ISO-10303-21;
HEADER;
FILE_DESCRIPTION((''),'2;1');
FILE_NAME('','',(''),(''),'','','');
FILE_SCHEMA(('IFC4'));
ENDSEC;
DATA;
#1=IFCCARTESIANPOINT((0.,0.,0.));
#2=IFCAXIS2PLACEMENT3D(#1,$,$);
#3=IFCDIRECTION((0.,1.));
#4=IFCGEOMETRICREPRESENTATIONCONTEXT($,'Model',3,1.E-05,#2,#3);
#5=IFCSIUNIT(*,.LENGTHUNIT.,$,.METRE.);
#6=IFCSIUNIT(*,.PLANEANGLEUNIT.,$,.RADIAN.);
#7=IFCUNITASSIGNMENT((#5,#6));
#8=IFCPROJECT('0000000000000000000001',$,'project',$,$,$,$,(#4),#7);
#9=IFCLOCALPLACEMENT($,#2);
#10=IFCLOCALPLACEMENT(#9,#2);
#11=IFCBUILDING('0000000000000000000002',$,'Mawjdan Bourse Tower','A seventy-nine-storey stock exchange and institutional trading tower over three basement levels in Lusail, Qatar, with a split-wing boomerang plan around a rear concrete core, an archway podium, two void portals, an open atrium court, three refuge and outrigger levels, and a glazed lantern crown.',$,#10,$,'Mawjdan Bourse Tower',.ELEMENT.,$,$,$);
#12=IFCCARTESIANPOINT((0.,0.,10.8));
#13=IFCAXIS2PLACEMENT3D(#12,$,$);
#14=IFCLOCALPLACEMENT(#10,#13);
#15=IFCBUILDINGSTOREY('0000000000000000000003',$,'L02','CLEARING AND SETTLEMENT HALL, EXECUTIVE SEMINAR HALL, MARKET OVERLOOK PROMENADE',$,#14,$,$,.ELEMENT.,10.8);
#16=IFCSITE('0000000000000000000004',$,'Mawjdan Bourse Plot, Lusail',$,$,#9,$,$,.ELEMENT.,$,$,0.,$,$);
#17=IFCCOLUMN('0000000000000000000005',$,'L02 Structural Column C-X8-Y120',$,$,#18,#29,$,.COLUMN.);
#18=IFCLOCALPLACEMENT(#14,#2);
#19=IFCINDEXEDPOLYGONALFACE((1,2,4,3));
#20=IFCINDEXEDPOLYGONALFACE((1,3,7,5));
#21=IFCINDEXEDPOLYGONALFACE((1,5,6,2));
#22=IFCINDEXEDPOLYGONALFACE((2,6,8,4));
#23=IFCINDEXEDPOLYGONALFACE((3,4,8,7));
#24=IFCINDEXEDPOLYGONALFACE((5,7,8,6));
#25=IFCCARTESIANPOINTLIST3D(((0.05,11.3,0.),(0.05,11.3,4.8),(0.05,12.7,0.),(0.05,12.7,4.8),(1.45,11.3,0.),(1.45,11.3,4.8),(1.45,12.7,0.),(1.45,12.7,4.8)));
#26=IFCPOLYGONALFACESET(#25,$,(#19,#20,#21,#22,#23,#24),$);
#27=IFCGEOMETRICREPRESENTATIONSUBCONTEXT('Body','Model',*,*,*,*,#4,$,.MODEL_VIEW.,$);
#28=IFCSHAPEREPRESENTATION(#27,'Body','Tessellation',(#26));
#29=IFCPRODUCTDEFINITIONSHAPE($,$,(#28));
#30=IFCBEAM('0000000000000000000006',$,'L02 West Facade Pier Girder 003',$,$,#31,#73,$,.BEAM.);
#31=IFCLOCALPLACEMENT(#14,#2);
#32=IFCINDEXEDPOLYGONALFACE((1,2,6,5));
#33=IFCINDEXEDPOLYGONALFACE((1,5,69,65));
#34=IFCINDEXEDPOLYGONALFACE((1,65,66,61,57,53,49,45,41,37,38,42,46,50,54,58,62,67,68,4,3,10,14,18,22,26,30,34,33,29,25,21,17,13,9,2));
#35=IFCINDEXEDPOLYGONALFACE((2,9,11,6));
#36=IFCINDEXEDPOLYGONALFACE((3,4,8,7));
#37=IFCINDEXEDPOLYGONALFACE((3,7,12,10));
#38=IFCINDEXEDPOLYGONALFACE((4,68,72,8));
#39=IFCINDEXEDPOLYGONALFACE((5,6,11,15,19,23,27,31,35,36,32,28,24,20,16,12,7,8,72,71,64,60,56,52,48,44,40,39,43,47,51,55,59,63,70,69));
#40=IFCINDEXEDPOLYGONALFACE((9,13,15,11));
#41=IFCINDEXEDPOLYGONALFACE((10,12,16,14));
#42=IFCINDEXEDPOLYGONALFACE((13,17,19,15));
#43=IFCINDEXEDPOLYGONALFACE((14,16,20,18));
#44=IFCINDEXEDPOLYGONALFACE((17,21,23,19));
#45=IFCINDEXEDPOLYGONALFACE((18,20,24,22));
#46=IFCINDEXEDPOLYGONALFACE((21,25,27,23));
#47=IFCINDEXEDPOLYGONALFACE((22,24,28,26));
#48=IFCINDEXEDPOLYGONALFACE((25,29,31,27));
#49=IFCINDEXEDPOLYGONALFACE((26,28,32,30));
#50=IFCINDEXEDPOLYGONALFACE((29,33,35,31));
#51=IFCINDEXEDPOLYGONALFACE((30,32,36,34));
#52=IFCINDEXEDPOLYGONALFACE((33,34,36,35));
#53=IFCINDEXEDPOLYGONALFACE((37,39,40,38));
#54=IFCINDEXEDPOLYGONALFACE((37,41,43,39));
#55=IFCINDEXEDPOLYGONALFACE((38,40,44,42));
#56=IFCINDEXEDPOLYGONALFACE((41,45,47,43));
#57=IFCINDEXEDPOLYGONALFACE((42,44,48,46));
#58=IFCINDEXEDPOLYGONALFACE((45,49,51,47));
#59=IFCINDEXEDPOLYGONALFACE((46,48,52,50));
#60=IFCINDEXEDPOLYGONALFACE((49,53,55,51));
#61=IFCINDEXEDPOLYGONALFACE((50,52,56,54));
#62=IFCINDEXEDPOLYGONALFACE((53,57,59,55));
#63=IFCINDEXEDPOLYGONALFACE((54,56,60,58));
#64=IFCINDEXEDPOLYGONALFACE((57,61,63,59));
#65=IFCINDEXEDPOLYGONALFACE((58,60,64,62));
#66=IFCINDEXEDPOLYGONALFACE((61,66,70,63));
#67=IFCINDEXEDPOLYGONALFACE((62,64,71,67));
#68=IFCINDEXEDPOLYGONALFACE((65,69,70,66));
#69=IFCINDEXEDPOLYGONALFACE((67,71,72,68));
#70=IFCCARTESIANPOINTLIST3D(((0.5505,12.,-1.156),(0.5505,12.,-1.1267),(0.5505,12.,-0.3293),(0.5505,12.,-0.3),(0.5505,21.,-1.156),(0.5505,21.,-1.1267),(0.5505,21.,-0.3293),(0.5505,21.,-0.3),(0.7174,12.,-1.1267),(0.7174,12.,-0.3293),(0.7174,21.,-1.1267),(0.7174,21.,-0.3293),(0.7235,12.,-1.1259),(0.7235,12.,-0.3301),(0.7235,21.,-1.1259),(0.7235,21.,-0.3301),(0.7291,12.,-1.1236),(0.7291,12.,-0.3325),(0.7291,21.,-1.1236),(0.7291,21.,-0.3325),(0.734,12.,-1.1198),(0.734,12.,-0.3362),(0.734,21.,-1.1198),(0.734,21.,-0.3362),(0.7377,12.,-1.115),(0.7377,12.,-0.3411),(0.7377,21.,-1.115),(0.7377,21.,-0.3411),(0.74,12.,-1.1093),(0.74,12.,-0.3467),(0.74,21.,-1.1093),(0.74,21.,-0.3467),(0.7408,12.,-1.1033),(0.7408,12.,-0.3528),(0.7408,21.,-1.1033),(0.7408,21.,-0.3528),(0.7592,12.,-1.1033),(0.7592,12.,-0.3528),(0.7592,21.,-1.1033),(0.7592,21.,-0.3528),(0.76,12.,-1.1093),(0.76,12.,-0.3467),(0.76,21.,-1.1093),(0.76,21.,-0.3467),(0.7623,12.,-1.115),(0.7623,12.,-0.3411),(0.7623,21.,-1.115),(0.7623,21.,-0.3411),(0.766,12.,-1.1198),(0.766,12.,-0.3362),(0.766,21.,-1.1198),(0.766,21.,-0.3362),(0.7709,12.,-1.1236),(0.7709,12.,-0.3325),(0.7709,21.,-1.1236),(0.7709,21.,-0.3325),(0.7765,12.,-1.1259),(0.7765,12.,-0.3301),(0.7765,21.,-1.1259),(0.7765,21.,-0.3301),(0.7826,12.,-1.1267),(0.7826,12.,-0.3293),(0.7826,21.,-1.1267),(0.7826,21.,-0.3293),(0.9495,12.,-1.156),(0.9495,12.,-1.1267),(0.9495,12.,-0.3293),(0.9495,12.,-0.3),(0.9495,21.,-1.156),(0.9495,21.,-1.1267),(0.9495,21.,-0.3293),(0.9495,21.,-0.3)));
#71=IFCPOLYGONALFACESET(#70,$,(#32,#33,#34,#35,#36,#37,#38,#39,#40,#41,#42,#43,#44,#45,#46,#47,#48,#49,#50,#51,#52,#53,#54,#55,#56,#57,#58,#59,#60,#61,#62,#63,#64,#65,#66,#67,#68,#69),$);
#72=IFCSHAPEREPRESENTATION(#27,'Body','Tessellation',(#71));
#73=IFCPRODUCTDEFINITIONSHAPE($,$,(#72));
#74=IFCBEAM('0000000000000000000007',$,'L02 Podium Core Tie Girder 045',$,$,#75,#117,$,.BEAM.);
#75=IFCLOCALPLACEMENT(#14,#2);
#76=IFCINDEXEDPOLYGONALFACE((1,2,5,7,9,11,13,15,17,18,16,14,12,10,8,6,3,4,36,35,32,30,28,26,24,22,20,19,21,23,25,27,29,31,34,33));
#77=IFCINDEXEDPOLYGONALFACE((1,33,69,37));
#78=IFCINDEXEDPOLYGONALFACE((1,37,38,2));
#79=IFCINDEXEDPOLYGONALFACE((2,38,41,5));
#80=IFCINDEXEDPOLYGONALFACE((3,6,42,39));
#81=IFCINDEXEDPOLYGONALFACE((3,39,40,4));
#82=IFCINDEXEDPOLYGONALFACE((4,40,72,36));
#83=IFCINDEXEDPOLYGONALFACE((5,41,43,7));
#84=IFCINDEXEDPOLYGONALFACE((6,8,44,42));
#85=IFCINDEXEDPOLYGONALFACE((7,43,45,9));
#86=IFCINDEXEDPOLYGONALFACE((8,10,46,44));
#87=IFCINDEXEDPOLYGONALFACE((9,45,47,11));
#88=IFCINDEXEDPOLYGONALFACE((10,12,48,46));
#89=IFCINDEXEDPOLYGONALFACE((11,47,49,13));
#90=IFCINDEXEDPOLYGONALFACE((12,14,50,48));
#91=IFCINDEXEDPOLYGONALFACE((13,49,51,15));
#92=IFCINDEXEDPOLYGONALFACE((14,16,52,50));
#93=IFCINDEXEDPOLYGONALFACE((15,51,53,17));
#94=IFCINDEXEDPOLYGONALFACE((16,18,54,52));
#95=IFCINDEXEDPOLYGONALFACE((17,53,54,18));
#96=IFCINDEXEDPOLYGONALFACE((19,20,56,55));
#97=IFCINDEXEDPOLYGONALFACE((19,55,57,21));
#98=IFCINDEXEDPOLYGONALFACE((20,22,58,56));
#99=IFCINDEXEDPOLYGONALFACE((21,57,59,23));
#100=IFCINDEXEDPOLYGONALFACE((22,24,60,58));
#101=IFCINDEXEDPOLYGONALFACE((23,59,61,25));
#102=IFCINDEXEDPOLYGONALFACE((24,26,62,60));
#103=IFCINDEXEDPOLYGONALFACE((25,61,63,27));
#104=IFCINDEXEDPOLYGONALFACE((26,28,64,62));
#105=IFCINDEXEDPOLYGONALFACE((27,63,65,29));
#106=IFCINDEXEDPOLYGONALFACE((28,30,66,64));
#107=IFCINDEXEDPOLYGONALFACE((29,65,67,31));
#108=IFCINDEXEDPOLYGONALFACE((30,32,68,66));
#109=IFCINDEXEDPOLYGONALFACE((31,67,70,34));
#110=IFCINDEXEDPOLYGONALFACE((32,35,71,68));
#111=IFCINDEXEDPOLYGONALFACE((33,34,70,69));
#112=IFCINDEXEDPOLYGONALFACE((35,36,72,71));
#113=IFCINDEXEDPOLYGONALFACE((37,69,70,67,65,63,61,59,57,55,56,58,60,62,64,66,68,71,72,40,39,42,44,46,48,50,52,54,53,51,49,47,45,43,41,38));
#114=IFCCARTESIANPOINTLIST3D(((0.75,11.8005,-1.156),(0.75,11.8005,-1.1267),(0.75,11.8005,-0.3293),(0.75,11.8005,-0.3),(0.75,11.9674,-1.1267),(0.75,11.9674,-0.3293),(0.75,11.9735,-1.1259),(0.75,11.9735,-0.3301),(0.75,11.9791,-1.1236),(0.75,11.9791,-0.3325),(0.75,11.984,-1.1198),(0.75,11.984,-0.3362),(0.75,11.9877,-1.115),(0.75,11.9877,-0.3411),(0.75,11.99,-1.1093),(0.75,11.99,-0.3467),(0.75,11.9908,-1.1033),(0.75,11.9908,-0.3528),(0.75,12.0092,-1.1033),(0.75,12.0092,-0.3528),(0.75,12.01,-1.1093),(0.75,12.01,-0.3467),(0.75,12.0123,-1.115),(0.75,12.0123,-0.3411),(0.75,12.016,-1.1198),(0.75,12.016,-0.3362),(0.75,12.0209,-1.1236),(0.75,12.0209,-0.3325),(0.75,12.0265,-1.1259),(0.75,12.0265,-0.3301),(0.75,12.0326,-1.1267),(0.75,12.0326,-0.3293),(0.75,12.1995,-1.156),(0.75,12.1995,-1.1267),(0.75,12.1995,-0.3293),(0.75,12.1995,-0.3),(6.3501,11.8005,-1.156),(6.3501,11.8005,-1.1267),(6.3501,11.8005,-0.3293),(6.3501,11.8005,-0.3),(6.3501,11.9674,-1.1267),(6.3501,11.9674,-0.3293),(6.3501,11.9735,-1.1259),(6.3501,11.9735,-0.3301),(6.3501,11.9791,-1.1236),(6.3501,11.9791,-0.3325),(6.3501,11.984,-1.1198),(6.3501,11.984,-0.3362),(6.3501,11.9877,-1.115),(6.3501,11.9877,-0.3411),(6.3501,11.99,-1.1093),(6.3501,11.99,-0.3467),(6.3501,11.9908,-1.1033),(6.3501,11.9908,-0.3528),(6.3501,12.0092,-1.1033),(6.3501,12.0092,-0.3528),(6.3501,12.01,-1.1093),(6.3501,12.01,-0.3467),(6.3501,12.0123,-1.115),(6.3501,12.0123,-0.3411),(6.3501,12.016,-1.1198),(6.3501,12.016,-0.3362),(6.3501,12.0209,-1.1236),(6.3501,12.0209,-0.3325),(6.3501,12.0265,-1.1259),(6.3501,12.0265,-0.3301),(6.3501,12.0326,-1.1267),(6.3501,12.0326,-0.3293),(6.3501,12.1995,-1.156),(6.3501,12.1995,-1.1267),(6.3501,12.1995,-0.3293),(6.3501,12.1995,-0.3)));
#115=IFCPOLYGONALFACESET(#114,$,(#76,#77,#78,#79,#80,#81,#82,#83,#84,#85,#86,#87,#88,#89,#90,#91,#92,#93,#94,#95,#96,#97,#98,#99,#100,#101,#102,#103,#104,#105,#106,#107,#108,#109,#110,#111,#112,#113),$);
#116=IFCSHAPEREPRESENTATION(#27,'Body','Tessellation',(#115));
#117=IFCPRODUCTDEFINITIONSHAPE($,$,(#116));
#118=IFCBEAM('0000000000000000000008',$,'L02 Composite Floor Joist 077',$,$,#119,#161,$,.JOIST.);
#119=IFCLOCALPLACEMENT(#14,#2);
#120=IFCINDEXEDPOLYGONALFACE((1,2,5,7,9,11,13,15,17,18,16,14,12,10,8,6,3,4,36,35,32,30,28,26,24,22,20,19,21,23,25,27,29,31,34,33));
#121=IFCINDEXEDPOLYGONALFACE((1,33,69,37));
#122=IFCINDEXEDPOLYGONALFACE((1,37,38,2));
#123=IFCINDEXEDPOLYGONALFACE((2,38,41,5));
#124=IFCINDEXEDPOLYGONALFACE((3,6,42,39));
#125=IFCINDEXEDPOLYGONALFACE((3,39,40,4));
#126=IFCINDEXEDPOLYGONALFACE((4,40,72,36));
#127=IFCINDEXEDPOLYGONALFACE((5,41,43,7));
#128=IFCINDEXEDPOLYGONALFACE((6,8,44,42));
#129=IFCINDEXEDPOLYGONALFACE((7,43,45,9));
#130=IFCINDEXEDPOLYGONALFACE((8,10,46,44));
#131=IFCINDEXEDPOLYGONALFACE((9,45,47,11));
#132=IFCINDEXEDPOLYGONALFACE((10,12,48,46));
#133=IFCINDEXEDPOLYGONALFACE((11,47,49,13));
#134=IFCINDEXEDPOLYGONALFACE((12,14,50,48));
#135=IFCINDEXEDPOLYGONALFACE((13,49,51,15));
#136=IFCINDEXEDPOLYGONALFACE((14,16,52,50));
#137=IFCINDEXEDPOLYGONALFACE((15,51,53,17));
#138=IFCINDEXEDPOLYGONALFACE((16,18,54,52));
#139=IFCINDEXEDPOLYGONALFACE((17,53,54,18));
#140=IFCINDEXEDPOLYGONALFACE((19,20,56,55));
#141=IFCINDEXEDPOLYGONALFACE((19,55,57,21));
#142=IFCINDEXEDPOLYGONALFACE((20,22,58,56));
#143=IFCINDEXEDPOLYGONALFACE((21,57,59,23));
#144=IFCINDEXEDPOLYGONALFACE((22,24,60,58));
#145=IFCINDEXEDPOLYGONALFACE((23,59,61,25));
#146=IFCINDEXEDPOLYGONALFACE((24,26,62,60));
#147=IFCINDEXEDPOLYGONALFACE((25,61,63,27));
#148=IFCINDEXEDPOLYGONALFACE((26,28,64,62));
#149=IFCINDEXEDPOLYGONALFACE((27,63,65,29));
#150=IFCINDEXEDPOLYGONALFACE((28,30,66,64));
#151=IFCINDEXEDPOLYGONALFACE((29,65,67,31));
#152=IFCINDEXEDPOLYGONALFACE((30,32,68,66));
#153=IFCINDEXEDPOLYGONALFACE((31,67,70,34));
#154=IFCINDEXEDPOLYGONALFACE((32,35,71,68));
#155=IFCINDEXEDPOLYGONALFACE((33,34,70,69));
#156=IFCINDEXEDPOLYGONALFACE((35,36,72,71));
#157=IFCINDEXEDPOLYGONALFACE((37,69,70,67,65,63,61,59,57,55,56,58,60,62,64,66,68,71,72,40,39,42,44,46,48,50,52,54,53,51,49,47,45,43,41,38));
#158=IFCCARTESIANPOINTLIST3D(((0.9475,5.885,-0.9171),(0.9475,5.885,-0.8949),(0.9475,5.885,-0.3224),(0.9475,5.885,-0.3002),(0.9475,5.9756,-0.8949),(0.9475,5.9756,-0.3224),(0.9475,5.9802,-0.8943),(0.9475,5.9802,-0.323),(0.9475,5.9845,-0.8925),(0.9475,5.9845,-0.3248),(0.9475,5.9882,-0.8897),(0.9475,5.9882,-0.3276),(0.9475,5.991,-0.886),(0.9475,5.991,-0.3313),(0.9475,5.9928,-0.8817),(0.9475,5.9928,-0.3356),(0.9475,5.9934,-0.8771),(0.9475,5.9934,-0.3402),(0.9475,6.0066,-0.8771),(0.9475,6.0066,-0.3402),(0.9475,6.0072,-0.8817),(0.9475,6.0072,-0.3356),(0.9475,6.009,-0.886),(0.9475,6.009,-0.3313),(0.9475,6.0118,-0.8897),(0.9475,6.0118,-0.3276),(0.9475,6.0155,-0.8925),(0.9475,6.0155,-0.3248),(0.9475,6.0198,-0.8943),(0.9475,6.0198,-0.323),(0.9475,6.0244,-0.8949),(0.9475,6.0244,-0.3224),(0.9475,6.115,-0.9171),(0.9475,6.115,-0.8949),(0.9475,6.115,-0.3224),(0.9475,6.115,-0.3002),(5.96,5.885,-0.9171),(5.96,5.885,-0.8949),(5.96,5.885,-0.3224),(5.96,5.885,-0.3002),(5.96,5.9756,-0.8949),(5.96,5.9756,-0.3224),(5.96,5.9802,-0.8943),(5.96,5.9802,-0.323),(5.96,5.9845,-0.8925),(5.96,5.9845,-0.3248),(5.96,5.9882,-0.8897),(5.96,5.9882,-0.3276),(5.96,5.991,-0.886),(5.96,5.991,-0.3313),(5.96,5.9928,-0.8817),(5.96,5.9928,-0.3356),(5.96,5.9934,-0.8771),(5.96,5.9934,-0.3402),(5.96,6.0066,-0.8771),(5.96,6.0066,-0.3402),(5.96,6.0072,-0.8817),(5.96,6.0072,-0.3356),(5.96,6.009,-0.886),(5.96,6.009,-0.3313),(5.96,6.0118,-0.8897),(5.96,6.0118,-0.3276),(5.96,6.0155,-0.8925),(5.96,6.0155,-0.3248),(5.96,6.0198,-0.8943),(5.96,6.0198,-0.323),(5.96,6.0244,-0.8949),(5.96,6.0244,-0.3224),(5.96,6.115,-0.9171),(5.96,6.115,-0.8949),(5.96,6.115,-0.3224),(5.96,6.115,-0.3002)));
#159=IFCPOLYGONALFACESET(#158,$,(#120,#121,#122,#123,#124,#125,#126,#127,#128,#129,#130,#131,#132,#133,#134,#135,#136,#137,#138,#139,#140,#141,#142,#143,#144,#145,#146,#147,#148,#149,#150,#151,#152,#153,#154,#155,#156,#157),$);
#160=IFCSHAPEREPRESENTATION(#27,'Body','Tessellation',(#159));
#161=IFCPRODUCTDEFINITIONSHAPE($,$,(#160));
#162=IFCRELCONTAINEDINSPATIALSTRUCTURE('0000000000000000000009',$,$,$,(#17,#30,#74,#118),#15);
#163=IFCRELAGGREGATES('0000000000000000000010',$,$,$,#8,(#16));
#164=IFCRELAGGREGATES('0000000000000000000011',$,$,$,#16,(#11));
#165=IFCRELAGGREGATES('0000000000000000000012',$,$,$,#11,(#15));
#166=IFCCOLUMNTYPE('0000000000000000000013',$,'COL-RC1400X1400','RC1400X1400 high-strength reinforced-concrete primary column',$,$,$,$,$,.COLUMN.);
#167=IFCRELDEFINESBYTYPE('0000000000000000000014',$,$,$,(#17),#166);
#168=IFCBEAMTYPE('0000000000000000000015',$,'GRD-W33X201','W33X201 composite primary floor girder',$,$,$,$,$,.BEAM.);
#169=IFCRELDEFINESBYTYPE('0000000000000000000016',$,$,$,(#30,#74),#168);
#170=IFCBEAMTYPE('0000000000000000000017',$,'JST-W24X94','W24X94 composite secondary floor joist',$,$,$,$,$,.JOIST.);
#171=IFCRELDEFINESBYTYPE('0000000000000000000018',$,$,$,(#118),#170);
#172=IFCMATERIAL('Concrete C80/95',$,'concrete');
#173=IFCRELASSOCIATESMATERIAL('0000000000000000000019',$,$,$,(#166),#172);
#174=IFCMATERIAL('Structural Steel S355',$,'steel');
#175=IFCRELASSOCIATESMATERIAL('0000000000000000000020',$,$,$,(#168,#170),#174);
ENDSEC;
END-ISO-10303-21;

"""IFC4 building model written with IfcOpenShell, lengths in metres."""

from ifc_helpers import new_model, si_unit, direction, frame, origin, origin_2d, place, context, subcontext, project, spatial, rectangle, i_section, extrude, material, material_profile, profile_set, type_object, element, save


model = new_model("IFC4")

# Units and contexts
model_context = context("Model", 3, precision=1e-05, world=origin(), true_north=direction((0.0, 1.0)))
body_context = subcontext(model_context, "Body", "Model", "MODEL_VIEW")
ifc_project = project(units=[si_unit("LENGTHUNIT", "METRE"), si_unit("PLANEANGLEUNIT", "RADIAN")], contexts=[model_context])

# Site, building, storey
site_placement = place(None, origin())
site = spatial("IfcSite", under=ifc_project, at=site_placement, Name="Mawjdan Bourse Plot, Lusail", CompositionType="ELEMENT", RefElevation=0.0)
building_placement = place(site_placement, origin())
building = spatial("IfcBuilding", under=site, at=building_placement, Name="Mawjdan Bourse Tower", Description="A seventy-nine-storey stock exchange and institutional trading tower over three basement levels in Lusail, Qatar, with a split-wing boomerang plan around a rear concrete core, an archway podium, two void portals, an open atrium court, three refuge and outrigger levels, and a glazed lantern crown.", LongName="Mawjdan Bourse Tower", CompositionType="ELEMENT")
storey_placement = place(building_placement, frame((0.0, 0.0, 10.8)))
storey = spatial("IfcBuildingStorey", under=building, at=storey_placement, Name="L02", Description="CLEARING AND SETTLEMENT HALL, EXECUTIVE SEMINAR HALL, MARKET OVERLOOK PROMENADE", CompositionType="ELEMENT", Elevation=10.8)

# Column
ifc_material_1 = material(Name="Concrete C80/95", Category="concrete")
ifc_material_profile_1 = material_profile(ifc_material_1, rectangle(XDim=1.3999, YDim=1.3999, at=origin_2d()), Name="RC1400X1400")
ifc_profile_set_1 = profile_set([ifc_material_profile_1], Name="Concrete C80/95")
column_type = type_object("IfcColumnType", Name="COL-RC1400X1400", Description="RC1400X1400 high-strength reinforced-concrete primary column", PredefinedType="COLUMN", material=ifc_profile_set_1)
column_placement = place(storey_placement, frame((0.75, 12.0, 0.0), z_axis=(0.0, 0.0, 1.0), x_axis=(1.0, 0.0, 0.0)))
element("IfcColumn", 1, at=column_placement, inside=storey, type_object=column_type, Name="L02 Structural Column C-X8-Y120", PredefinedType="COLUMN", context=body_context, shape_type="SweptSolid", body=[
    extrude(rectangle(XDim=1.3999, YDim=1.3999, at=origin_2d()), origin(), (0.0, 0.0, 1.0), 4.8),
])

# Beams
ifc_material_2 = material(Name="Structural Steel S355", Category="steel")
ifc_material_profile_2 = material_profile(ifc_material_2, i_section(OverallWidth=0.3989, OverallDepth=0.856, WebThickness=0.0183, FlangeThickness=0.0293, FilletRadius=0.0234, at=origin_2d()), Name="W33X201")
ifc_profile_set_2 = profile_set([ifc_material_profile_2], Name="Structural Steel S355")
beam_type_1 = type_object("IfcBeamType", Name="GRD-W33X201", Description="W33X201 composite primary floor girder", PredefinedType="BEAM", material=ifc_profile_set_2)
beam_1_placement = place(storey_placement, frame((0.75, 12.0, -0.728), z_axis=(0.0, 1.0, 0.0), x_axis=(-1.0, 0.0, 0.0)))
element("IfcBeam", 2, at=beam_1_placement, inside=storey, type_object=beam_type_1, Name="L02 West Facade Pier Girder 003", PredefinedType="BEAM", context=body_context, shape_type="SweptSolid", body=[
    extrude(i_section(OverallWidth=0.3989, OverallDepth=0.856, WebThickness=0.0183, FlangeThickness=0.0293, FilletRadius=0.0234, at=origin_2d()), origin(), (0.0, 0.0, 1.0), 9.0),
])
beam_2_placement = place(storey_placement, frame((0.75, 12.0, -0.728), z_axis=(1.0, 0.0, 0.0), x_axis=(0.0, 1.0, 0.0)))
element("IfcBeam", 3, at=beam_2_placement, inside=storey, type_object=beam_type_1, Name="L02 Podium Core Tie Girder 045", PredefinedType="BEAM", context=body_context, shape_type="SweptSolid", body=[
    extrude(i_section(OverallWidth=0.3989, OverallDepth=0.856, WebThickness=0.0183, FlangeThickness=0.0293, FilletRadius=0.0234, at=origin_2d()), origin(), (0.0, 0.0, 1.0), 5.6001),
])
ifc_material_profile_3 = material_profile(ifc_material_2, i_section(OverallWidth=0.23, OverallDepth=0.6169, WebThickness=0.0132, FlangeThickness=0.0222, FilletRadius=0.0178, at=origin_2d()), Name="W24X94")
ifc_profile_set_3 = profile_set([ifc_material_profile_3], Name="Structural Steel S355")
beam_type_2 = type_object("IfcBeamType", Name="JST-W24X94", Description="W24X94 composite secondary floor joist", PredefinedType="JOIST", material=ifc_profile_set_3)
for number, where, z_axis, x_axis, name in (
    (4, (0.9475, 6.0, -0.6086), (1.0, 0.0, 0.0), (0.0, 1.0, 0.0), "L02 Composite Floor Joist 077"),
):
    element("IfcBeam", number, at=place(storey_placement, frame(where, z_axis=z_axis, x_axis=x_axis)), inside=storey, type_object=beam_type_2, Name=name, PredefinedType="JOIST", context=body_context, shape_type="SweptSolid", body=[
        extrude(i_section(OverallWidth=0.23, OverallDepth=0.6169, WebThickness=0.0132, FlangeThickness=0.0222, FilletRadius=0.0178, at=origin_2d()), origin(), (0.0, 0.0, 1.0), 5.0125),
    ])

save(model, "model.ifc")
